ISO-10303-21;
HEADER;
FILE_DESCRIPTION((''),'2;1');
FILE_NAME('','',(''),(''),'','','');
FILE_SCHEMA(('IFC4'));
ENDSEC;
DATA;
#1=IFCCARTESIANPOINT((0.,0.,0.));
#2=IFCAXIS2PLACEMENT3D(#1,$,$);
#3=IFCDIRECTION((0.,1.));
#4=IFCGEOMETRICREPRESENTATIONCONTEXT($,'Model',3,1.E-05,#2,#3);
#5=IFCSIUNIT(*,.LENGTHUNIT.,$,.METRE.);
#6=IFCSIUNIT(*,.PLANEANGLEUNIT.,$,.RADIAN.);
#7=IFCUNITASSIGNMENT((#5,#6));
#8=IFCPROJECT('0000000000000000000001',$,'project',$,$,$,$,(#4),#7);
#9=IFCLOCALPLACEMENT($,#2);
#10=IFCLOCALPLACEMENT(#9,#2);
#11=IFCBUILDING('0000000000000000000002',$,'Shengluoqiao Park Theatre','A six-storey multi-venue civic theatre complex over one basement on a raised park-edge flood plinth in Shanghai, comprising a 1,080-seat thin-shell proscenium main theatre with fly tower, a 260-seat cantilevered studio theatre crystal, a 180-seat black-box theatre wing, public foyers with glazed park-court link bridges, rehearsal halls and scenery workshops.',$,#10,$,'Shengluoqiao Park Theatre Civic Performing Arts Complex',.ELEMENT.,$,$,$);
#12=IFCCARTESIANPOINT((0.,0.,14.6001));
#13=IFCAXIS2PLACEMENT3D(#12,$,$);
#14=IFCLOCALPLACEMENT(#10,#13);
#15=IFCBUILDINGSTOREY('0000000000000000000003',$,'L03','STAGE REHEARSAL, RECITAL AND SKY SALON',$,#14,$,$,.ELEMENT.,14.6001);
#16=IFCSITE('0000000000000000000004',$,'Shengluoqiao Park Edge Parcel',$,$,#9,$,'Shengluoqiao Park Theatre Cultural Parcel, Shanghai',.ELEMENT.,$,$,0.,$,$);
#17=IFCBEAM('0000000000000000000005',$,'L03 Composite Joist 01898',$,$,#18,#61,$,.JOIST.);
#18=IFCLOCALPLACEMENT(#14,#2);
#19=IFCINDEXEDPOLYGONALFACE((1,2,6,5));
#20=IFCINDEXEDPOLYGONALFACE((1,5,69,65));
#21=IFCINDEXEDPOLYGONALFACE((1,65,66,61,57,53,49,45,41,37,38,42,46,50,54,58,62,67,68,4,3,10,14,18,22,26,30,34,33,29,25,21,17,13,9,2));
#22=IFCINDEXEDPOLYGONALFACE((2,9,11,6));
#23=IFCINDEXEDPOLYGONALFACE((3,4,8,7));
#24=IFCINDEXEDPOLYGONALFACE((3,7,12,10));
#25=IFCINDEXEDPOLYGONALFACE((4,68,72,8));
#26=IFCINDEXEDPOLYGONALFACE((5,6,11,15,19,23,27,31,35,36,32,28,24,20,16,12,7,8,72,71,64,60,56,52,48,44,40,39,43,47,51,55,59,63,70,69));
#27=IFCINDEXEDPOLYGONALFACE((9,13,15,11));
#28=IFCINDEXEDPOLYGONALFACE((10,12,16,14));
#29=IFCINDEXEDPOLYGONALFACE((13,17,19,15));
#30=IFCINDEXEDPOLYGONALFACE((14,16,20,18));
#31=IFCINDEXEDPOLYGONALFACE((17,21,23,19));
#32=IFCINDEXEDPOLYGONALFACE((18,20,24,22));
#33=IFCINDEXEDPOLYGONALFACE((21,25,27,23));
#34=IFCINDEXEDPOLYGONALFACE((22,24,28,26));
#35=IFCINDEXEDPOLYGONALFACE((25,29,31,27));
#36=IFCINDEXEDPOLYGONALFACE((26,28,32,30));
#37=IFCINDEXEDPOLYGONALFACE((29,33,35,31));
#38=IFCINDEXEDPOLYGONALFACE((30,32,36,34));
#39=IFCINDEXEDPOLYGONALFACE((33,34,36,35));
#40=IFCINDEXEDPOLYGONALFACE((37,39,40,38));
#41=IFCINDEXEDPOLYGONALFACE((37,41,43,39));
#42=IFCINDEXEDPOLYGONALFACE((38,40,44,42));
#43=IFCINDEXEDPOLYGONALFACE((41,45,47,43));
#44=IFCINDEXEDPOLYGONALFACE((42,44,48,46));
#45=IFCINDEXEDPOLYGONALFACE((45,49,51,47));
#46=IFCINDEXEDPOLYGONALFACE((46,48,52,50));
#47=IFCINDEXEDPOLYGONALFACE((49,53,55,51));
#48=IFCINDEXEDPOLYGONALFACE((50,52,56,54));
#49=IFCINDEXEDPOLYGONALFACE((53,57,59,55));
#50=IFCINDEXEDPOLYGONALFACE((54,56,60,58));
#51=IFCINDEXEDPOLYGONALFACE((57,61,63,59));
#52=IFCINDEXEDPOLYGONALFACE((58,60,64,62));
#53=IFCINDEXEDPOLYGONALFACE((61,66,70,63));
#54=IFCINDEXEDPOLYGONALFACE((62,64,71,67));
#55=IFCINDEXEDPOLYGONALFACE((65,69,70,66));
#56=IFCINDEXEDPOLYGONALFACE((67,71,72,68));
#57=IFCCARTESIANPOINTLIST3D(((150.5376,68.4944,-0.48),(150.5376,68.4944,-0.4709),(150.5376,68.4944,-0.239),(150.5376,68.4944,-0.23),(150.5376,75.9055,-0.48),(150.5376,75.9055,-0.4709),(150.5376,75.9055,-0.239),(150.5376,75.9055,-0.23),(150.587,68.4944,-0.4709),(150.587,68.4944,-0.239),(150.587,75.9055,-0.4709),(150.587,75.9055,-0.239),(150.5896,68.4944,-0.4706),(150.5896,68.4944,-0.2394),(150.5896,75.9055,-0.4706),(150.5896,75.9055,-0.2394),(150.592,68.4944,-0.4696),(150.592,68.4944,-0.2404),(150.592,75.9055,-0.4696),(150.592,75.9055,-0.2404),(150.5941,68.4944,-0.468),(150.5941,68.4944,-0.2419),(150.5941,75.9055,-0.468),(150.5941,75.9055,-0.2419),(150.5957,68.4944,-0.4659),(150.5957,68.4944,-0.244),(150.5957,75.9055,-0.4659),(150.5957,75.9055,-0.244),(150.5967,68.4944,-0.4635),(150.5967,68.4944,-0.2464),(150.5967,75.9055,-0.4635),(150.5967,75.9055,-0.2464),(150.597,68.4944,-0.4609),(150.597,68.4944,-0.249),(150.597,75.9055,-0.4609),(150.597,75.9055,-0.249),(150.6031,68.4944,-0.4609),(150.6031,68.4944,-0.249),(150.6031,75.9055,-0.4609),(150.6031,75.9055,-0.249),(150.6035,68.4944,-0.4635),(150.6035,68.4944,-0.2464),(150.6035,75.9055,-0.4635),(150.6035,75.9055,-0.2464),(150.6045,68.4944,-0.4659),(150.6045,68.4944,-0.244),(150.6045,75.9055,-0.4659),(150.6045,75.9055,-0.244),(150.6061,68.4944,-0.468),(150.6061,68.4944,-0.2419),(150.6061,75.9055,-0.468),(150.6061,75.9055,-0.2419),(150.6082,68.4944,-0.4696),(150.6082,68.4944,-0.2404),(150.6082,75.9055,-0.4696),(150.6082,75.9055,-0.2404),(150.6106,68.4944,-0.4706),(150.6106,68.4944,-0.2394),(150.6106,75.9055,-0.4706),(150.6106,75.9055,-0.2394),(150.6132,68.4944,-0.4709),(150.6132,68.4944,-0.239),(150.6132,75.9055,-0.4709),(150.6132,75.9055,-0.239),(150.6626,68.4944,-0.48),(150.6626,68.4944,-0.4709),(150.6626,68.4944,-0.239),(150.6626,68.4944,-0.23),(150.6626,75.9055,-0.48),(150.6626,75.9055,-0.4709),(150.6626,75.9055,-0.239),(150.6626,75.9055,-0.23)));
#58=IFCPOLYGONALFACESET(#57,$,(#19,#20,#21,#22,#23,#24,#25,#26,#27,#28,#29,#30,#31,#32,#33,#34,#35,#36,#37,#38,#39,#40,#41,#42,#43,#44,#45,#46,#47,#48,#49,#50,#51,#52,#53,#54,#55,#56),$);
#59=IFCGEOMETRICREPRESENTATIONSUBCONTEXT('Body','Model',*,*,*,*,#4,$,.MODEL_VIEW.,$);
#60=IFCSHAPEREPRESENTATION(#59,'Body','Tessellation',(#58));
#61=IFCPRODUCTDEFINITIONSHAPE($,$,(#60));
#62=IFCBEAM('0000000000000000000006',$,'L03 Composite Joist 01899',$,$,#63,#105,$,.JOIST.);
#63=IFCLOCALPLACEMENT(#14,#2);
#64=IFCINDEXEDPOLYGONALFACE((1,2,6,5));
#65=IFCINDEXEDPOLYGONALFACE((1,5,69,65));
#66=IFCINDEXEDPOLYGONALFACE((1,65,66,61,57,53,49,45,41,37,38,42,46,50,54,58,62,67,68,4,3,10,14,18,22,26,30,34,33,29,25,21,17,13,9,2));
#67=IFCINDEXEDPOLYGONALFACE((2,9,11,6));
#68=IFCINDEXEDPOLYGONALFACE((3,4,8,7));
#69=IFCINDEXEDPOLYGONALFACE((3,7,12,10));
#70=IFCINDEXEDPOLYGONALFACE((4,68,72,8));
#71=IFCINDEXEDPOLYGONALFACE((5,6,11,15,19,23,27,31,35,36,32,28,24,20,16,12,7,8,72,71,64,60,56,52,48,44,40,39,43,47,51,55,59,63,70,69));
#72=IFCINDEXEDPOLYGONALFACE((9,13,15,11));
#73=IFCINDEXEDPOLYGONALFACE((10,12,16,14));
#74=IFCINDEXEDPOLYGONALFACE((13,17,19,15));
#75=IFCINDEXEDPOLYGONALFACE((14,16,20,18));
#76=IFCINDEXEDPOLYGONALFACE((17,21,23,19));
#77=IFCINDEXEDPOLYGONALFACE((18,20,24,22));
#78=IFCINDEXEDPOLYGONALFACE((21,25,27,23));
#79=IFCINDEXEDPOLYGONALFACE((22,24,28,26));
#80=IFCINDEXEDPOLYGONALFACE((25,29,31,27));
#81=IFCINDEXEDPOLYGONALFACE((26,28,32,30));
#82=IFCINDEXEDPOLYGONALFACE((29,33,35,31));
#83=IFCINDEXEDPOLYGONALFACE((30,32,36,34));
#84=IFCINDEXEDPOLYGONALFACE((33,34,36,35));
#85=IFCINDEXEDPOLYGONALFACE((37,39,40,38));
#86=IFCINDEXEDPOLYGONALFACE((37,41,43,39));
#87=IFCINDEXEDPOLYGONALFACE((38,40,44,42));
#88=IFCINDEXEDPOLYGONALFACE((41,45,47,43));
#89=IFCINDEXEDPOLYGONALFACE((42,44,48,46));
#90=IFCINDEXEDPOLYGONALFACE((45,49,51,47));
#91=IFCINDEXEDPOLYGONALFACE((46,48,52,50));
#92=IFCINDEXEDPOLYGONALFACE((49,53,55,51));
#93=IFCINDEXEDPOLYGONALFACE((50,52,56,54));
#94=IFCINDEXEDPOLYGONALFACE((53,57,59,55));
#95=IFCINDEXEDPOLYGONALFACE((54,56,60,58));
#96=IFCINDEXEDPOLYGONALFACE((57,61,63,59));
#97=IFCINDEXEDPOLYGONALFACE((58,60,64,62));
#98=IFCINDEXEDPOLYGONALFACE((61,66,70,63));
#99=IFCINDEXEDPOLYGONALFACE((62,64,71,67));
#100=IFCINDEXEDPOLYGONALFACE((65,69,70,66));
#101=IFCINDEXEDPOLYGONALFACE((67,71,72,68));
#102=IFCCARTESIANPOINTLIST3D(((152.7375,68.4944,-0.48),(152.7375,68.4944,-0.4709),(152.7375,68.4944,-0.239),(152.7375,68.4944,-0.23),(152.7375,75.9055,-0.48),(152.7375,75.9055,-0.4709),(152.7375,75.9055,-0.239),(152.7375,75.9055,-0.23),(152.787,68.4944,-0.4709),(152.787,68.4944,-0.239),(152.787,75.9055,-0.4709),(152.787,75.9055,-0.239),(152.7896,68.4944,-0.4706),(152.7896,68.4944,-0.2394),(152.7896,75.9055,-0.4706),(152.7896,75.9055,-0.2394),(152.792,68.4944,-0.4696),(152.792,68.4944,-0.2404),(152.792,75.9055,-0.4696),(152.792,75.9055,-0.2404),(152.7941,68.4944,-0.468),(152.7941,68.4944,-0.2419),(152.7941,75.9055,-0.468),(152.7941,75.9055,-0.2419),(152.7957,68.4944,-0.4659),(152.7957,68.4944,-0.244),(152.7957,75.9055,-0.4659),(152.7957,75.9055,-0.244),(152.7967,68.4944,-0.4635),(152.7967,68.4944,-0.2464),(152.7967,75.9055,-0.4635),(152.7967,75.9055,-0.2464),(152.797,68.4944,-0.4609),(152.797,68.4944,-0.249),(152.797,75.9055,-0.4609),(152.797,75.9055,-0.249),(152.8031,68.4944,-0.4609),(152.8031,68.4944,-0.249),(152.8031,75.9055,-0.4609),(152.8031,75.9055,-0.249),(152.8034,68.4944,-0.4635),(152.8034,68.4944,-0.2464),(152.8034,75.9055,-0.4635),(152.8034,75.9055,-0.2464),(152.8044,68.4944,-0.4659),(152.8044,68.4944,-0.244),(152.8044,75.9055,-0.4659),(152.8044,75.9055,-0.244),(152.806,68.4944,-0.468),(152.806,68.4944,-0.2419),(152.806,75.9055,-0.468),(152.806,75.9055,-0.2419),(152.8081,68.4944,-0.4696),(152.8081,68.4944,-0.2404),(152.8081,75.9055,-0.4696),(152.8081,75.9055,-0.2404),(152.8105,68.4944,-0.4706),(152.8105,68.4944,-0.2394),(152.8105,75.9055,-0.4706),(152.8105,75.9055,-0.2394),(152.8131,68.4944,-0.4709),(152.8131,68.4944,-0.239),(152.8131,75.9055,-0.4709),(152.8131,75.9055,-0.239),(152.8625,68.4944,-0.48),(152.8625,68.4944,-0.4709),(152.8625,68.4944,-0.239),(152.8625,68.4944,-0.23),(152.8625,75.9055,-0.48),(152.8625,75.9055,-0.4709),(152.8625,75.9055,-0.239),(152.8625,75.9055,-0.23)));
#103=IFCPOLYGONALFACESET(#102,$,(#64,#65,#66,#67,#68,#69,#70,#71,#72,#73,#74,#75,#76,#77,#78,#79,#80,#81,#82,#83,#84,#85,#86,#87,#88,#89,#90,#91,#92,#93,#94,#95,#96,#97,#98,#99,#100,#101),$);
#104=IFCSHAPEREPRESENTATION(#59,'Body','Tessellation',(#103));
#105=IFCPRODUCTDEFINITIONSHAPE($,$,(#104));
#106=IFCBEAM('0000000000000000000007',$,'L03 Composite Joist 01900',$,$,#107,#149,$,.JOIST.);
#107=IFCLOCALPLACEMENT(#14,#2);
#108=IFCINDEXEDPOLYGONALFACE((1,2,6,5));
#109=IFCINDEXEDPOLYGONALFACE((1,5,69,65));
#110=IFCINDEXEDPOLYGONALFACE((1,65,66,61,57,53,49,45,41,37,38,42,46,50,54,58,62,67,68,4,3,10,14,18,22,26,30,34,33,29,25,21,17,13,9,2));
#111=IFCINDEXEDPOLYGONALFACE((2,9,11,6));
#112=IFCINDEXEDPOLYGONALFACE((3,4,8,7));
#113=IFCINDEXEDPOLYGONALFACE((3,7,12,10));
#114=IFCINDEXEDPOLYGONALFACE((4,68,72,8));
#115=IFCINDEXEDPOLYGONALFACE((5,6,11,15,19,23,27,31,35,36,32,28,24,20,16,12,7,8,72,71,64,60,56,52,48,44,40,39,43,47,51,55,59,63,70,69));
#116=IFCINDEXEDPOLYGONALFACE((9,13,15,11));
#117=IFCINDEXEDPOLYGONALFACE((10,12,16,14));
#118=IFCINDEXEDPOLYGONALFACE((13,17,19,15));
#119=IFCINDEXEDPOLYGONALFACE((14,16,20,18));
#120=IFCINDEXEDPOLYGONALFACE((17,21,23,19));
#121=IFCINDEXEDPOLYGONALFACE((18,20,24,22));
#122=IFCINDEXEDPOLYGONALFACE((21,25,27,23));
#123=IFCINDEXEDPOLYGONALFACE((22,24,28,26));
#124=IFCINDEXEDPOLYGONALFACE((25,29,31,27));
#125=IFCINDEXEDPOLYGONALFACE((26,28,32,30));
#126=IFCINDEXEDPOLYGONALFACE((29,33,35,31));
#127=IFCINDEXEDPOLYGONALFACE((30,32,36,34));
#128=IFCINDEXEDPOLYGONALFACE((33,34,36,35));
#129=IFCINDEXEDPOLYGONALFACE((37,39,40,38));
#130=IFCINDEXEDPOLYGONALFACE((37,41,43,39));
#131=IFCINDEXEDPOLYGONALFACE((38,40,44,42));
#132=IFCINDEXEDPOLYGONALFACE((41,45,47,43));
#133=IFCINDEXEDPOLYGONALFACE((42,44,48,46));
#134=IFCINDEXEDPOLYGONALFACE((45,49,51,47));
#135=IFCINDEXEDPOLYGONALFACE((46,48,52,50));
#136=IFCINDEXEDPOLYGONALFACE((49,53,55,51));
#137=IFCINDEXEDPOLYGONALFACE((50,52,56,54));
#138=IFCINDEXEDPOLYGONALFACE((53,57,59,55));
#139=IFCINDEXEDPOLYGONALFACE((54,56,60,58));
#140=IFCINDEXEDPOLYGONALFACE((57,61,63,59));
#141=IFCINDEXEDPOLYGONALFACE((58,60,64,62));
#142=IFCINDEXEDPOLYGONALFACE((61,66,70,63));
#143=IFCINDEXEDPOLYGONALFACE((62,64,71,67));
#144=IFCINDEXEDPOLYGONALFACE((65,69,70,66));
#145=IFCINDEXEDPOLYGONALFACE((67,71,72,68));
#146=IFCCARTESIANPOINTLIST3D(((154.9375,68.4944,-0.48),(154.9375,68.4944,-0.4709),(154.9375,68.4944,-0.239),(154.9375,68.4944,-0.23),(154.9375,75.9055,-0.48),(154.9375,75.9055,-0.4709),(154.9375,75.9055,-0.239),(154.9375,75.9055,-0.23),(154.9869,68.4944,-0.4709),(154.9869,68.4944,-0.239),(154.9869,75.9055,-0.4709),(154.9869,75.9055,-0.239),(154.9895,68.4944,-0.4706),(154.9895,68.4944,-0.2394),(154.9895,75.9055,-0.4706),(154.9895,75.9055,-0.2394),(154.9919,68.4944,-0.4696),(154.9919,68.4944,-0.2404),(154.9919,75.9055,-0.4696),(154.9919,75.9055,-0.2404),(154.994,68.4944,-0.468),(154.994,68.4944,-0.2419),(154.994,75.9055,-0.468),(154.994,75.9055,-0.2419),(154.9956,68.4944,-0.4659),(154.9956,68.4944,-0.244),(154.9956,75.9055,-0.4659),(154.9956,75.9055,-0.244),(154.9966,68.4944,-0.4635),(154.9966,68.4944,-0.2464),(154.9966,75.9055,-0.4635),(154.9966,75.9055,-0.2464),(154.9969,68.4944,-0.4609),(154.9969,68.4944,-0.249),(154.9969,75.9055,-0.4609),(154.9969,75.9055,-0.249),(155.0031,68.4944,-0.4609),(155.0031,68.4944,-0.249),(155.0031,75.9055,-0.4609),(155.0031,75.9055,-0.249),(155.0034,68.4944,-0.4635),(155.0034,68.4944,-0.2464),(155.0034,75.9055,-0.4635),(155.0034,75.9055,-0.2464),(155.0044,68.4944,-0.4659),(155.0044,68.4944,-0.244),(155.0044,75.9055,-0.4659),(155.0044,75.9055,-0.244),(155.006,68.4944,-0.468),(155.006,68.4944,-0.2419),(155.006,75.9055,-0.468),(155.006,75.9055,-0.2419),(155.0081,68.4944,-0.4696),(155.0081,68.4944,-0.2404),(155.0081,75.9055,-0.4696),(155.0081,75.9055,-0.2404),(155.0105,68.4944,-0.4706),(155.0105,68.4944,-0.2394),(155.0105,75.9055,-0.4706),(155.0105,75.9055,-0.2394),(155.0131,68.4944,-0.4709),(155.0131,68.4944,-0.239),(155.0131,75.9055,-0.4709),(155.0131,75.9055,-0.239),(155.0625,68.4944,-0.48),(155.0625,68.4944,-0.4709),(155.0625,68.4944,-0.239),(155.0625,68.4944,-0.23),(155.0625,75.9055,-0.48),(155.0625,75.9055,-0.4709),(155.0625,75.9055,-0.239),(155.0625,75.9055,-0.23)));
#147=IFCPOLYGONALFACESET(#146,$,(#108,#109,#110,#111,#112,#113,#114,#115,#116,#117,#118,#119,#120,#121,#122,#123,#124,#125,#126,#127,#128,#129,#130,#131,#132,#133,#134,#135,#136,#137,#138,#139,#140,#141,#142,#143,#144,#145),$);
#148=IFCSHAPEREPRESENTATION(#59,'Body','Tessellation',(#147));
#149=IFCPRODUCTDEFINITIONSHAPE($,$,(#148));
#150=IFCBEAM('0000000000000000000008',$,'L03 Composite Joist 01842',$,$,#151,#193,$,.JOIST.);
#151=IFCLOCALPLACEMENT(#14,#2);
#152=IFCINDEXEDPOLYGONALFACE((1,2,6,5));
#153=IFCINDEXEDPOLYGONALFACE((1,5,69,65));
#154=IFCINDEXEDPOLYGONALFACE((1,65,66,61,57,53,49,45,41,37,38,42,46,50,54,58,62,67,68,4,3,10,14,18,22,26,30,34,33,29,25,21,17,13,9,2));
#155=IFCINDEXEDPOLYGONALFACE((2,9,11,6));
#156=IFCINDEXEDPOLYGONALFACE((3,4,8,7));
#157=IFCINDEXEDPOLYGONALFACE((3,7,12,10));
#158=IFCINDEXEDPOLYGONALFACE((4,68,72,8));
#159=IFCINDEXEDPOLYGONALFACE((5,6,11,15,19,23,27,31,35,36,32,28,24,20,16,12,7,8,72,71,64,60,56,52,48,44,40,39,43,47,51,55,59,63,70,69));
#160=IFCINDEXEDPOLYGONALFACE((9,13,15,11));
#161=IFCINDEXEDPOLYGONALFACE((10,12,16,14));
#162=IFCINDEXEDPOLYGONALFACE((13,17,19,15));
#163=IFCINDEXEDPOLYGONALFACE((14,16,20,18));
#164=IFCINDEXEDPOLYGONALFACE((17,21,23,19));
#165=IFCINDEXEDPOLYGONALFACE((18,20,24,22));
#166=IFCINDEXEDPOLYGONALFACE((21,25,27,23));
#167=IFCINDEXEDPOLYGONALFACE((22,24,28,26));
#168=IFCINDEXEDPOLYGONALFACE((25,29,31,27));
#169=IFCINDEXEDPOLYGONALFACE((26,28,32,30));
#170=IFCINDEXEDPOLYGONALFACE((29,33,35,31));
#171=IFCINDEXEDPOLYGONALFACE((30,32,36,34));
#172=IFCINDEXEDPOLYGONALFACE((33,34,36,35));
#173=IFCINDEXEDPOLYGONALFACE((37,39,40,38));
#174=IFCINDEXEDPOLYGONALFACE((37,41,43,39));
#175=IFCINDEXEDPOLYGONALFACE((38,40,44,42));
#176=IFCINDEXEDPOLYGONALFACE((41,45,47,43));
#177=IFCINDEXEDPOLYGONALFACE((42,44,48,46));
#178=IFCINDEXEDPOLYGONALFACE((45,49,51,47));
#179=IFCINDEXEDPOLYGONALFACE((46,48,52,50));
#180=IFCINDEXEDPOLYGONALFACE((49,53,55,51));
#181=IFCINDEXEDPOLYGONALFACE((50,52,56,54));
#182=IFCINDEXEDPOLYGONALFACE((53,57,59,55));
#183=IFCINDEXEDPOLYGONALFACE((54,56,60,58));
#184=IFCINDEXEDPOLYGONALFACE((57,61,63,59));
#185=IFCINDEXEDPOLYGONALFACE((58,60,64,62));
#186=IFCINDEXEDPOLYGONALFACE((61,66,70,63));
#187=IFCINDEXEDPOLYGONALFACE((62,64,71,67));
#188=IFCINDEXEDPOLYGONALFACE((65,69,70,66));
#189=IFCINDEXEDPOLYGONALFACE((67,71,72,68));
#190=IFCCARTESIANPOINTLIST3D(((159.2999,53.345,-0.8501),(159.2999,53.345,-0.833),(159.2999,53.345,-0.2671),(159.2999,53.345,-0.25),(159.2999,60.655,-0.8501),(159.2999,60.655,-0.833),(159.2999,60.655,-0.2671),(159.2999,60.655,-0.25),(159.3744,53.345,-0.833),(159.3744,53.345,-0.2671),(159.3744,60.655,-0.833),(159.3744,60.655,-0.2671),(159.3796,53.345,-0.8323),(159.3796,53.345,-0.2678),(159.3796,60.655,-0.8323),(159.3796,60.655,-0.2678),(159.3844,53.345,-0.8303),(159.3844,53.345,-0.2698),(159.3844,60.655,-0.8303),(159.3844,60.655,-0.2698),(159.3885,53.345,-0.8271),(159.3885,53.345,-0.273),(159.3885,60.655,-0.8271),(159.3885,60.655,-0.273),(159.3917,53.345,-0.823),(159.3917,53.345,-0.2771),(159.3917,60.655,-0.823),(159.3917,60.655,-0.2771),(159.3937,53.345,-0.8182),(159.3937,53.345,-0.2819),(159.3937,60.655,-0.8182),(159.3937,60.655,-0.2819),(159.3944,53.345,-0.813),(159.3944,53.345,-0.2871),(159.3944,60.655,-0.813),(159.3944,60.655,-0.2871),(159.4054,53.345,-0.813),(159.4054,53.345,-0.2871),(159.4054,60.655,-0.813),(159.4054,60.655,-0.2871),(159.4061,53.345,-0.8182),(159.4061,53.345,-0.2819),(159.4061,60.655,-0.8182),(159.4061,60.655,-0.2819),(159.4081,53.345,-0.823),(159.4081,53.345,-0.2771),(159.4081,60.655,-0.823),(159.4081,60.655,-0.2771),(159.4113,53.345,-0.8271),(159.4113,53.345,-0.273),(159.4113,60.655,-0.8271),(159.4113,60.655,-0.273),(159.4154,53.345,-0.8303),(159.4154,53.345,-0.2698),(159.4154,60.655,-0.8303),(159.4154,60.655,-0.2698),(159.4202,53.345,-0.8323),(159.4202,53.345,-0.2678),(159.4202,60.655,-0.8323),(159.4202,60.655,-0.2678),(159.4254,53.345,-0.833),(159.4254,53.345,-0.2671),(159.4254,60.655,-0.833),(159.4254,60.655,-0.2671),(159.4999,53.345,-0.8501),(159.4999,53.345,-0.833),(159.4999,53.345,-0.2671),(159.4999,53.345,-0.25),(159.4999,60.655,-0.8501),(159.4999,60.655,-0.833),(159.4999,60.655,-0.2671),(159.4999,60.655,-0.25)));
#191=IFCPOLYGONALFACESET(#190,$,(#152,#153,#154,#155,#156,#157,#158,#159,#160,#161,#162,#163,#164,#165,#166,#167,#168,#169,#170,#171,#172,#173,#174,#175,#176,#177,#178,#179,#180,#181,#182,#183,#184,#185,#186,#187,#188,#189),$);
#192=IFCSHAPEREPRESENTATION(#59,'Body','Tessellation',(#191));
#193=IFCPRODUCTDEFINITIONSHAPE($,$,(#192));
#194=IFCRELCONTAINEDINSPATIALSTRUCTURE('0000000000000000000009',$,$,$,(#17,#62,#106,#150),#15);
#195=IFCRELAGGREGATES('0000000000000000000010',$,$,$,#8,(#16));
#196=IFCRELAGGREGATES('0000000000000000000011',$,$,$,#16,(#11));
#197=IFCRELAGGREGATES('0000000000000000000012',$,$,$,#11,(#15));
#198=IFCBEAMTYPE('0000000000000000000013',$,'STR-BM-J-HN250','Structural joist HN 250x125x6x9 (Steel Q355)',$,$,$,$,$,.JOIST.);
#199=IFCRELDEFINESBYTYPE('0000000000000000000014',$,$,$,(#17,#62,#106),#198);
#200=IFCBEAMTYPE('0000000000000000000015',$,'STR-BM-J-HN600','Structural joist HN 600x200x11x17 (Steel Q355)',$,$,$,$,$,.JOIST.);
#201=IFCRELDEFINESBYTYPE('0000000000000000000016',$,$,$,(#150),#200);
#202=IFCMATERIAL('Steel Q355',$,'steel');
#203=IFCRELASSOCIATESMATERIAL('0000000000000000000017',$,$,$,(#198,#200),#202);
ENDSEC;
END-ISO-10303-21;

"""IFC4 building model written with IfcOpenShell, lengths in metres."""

from ifc_helpers import new_model, si_unit, direction, frame, origin, origin_2d, place, context, subcontext, project, spatial, i_section, extrude, material, material_profile, profile_set, type_object, element, save


model = new_model("IFC4")

# Units and contexts
model_context = context("Model", 3, precision=1e-05, world=origin(), true_north=direction((0.0, 1.0)))
body_context = subcontext(model_context, "Body", "Model", "MODEL_VIEW")
ifc_project = project(units=[si_unit("LENGTHUNIT", "METRE"), si_unit("PLANEANGLEUNIT", "RADIAN")], contexts=[model_context])

# Site, building, storey
site_placement = place(None, origin())
site = spatial("IfcSite", under=ifc_project, at=site_placement, Name="Shengluoqiao Park Edge Parcel", LongName="Shengluoqiao Park Theatre Cultural Parcel, Shanghai", CompositionType="ELEMENT", RefElevation=0.0)
building_placement = place(site_placement, origin())
building = spatial("IfcBuilding", under=site, at=building_placement, Name="Shengluoqiao Park Theatre", Description="A six-storey multi-venue civic theatre complex over one basement on a raised park-edge flood plinth in Shanghai, comprising a 1,080-seat thin-shell proscenium main theatre with fly tower, a 260-seat cantilevered studio theatre crystal, a 180-seat black-box theatre wing, public foyers with glazed park-court link bridges, rehearsal halls and scenery workshops.", LongName="Shengluoqiao Park Theatre Civic Performing Arts Complex", CompositionType="ELEMENT")
storey_placement = place(building_placement, frame((0.0, 0.0, 14.6001)))
storey = spatial("IfcBuildingStorey", under=building, at=storey_placement, Name="L03", Description="STAGE REHEARSAL, RECITAL AND SKY SALON", CompositionType="ELEMENT", Elevation=14.6001)

# Beams
ifc_material = material(Name="Steel Q355", Category="steel")
ifc_material_profile_1 = material_profile(ifc_material, i_section(OverallWidth=0.125, OverallDepth=0.25, WebThickness=0.0061, FlangeThickness=0.009, FilletRadius=0.01, at=origin_2d()), Name="HN 250x125x6x9")
ifc_profile_set_1 = profile_set([ifc_material_profile_1], Name="Steel Q355")
beam_type_1 = type_object("IfcBeamType", Name="STR-BM-J-HN250", Description="Structural joist HN 250x125x6x9 (Steel Q355)", PredefinedType="JOIST", material=ifc_profile_set_1)
for number, where, z_axis, x_axis, name in (
    (1, (150.6001, 68.4944, -0.355), (0.0, 1.0, 0.0), (-1.0, 0.0, 0.0), "L03 Composite Joist 01898"),
    (2, (152.8, 68.4944, -0.355), (0.0, 1.0, 0.0), (-1.0, 0.0, 0.0), "L03 Composite Joist 01899"),
    (3, (155.0, 68.4944, -0.355), (0.0, 1.0, 0.0), (-1.0, 0.0, 0.0), "L03 Composite Joist 01900"),
):
    element("IfcBeam", number, at=place(storey_placement, frame(where, z_axis=z_axis, x_axis=x_axis)), inside=storey, type_object=beam_type_1, Name=name, PredefinedType="JOIST", context=body_context, shape_type="SweptSolid", body=[
        extrude(i_section(OverallWidth=0.125, OverallDepth=0.25, WebThickness=0.0061, FlangeThickness=0.009, FilletRadius=0.01, at=origin_2d()), origin(), (0.0, 0.0, 1.0), 7.4111),
    ])
ifc_material_profile_2 = material_profile(ifc_material, i_section(OverallWidth=0.2, OverallDepth=0.6001, WebThickness=0.011, FlangeThickness=0.0171, FilletRadius=0.02, at=origin_2d()), Name="HN 600x200x11x17")
ifc_profile_set_2 = profile_set([ifc_material_profile_2], Name="Steel Q355")
beam_type_2 = type_object("IfcBeamType", Name="STR-BM-J-HN600", Description="Structural joist HN 600x200x11x17 (Steel Q355)", PredefinedType="JOIST", material=ifc_profile_set_2)
for number, where, z_axis, x_axis, name in (
    (4, (159.3999, 53.345, -0.55), (0.0, 1.0, 0.0), (-1.0, 0.0, 0.0), "L03 Composite Joist 01842"),
):
    element("IfcBeam", number, at=place(storey_placement, frame(where, z_axis=z_axis, x_axis=x_axis)), inside=storey, type_object=beam_type_2, Name=name, PredefinedType="JOIST", context=body_context, shape_type="SweptSolid", body=[
        extrude(i_section(OverallWidth=0.2, OverallDepth=0.6001, WebThickness=0.011, FlangeThickness=0.0171, FilletRadius=0.02, at=origin_2d()), origin(), (0.0, 0.0, 1.0), 7.3101),
    ])

save(model, "model.ifc")
